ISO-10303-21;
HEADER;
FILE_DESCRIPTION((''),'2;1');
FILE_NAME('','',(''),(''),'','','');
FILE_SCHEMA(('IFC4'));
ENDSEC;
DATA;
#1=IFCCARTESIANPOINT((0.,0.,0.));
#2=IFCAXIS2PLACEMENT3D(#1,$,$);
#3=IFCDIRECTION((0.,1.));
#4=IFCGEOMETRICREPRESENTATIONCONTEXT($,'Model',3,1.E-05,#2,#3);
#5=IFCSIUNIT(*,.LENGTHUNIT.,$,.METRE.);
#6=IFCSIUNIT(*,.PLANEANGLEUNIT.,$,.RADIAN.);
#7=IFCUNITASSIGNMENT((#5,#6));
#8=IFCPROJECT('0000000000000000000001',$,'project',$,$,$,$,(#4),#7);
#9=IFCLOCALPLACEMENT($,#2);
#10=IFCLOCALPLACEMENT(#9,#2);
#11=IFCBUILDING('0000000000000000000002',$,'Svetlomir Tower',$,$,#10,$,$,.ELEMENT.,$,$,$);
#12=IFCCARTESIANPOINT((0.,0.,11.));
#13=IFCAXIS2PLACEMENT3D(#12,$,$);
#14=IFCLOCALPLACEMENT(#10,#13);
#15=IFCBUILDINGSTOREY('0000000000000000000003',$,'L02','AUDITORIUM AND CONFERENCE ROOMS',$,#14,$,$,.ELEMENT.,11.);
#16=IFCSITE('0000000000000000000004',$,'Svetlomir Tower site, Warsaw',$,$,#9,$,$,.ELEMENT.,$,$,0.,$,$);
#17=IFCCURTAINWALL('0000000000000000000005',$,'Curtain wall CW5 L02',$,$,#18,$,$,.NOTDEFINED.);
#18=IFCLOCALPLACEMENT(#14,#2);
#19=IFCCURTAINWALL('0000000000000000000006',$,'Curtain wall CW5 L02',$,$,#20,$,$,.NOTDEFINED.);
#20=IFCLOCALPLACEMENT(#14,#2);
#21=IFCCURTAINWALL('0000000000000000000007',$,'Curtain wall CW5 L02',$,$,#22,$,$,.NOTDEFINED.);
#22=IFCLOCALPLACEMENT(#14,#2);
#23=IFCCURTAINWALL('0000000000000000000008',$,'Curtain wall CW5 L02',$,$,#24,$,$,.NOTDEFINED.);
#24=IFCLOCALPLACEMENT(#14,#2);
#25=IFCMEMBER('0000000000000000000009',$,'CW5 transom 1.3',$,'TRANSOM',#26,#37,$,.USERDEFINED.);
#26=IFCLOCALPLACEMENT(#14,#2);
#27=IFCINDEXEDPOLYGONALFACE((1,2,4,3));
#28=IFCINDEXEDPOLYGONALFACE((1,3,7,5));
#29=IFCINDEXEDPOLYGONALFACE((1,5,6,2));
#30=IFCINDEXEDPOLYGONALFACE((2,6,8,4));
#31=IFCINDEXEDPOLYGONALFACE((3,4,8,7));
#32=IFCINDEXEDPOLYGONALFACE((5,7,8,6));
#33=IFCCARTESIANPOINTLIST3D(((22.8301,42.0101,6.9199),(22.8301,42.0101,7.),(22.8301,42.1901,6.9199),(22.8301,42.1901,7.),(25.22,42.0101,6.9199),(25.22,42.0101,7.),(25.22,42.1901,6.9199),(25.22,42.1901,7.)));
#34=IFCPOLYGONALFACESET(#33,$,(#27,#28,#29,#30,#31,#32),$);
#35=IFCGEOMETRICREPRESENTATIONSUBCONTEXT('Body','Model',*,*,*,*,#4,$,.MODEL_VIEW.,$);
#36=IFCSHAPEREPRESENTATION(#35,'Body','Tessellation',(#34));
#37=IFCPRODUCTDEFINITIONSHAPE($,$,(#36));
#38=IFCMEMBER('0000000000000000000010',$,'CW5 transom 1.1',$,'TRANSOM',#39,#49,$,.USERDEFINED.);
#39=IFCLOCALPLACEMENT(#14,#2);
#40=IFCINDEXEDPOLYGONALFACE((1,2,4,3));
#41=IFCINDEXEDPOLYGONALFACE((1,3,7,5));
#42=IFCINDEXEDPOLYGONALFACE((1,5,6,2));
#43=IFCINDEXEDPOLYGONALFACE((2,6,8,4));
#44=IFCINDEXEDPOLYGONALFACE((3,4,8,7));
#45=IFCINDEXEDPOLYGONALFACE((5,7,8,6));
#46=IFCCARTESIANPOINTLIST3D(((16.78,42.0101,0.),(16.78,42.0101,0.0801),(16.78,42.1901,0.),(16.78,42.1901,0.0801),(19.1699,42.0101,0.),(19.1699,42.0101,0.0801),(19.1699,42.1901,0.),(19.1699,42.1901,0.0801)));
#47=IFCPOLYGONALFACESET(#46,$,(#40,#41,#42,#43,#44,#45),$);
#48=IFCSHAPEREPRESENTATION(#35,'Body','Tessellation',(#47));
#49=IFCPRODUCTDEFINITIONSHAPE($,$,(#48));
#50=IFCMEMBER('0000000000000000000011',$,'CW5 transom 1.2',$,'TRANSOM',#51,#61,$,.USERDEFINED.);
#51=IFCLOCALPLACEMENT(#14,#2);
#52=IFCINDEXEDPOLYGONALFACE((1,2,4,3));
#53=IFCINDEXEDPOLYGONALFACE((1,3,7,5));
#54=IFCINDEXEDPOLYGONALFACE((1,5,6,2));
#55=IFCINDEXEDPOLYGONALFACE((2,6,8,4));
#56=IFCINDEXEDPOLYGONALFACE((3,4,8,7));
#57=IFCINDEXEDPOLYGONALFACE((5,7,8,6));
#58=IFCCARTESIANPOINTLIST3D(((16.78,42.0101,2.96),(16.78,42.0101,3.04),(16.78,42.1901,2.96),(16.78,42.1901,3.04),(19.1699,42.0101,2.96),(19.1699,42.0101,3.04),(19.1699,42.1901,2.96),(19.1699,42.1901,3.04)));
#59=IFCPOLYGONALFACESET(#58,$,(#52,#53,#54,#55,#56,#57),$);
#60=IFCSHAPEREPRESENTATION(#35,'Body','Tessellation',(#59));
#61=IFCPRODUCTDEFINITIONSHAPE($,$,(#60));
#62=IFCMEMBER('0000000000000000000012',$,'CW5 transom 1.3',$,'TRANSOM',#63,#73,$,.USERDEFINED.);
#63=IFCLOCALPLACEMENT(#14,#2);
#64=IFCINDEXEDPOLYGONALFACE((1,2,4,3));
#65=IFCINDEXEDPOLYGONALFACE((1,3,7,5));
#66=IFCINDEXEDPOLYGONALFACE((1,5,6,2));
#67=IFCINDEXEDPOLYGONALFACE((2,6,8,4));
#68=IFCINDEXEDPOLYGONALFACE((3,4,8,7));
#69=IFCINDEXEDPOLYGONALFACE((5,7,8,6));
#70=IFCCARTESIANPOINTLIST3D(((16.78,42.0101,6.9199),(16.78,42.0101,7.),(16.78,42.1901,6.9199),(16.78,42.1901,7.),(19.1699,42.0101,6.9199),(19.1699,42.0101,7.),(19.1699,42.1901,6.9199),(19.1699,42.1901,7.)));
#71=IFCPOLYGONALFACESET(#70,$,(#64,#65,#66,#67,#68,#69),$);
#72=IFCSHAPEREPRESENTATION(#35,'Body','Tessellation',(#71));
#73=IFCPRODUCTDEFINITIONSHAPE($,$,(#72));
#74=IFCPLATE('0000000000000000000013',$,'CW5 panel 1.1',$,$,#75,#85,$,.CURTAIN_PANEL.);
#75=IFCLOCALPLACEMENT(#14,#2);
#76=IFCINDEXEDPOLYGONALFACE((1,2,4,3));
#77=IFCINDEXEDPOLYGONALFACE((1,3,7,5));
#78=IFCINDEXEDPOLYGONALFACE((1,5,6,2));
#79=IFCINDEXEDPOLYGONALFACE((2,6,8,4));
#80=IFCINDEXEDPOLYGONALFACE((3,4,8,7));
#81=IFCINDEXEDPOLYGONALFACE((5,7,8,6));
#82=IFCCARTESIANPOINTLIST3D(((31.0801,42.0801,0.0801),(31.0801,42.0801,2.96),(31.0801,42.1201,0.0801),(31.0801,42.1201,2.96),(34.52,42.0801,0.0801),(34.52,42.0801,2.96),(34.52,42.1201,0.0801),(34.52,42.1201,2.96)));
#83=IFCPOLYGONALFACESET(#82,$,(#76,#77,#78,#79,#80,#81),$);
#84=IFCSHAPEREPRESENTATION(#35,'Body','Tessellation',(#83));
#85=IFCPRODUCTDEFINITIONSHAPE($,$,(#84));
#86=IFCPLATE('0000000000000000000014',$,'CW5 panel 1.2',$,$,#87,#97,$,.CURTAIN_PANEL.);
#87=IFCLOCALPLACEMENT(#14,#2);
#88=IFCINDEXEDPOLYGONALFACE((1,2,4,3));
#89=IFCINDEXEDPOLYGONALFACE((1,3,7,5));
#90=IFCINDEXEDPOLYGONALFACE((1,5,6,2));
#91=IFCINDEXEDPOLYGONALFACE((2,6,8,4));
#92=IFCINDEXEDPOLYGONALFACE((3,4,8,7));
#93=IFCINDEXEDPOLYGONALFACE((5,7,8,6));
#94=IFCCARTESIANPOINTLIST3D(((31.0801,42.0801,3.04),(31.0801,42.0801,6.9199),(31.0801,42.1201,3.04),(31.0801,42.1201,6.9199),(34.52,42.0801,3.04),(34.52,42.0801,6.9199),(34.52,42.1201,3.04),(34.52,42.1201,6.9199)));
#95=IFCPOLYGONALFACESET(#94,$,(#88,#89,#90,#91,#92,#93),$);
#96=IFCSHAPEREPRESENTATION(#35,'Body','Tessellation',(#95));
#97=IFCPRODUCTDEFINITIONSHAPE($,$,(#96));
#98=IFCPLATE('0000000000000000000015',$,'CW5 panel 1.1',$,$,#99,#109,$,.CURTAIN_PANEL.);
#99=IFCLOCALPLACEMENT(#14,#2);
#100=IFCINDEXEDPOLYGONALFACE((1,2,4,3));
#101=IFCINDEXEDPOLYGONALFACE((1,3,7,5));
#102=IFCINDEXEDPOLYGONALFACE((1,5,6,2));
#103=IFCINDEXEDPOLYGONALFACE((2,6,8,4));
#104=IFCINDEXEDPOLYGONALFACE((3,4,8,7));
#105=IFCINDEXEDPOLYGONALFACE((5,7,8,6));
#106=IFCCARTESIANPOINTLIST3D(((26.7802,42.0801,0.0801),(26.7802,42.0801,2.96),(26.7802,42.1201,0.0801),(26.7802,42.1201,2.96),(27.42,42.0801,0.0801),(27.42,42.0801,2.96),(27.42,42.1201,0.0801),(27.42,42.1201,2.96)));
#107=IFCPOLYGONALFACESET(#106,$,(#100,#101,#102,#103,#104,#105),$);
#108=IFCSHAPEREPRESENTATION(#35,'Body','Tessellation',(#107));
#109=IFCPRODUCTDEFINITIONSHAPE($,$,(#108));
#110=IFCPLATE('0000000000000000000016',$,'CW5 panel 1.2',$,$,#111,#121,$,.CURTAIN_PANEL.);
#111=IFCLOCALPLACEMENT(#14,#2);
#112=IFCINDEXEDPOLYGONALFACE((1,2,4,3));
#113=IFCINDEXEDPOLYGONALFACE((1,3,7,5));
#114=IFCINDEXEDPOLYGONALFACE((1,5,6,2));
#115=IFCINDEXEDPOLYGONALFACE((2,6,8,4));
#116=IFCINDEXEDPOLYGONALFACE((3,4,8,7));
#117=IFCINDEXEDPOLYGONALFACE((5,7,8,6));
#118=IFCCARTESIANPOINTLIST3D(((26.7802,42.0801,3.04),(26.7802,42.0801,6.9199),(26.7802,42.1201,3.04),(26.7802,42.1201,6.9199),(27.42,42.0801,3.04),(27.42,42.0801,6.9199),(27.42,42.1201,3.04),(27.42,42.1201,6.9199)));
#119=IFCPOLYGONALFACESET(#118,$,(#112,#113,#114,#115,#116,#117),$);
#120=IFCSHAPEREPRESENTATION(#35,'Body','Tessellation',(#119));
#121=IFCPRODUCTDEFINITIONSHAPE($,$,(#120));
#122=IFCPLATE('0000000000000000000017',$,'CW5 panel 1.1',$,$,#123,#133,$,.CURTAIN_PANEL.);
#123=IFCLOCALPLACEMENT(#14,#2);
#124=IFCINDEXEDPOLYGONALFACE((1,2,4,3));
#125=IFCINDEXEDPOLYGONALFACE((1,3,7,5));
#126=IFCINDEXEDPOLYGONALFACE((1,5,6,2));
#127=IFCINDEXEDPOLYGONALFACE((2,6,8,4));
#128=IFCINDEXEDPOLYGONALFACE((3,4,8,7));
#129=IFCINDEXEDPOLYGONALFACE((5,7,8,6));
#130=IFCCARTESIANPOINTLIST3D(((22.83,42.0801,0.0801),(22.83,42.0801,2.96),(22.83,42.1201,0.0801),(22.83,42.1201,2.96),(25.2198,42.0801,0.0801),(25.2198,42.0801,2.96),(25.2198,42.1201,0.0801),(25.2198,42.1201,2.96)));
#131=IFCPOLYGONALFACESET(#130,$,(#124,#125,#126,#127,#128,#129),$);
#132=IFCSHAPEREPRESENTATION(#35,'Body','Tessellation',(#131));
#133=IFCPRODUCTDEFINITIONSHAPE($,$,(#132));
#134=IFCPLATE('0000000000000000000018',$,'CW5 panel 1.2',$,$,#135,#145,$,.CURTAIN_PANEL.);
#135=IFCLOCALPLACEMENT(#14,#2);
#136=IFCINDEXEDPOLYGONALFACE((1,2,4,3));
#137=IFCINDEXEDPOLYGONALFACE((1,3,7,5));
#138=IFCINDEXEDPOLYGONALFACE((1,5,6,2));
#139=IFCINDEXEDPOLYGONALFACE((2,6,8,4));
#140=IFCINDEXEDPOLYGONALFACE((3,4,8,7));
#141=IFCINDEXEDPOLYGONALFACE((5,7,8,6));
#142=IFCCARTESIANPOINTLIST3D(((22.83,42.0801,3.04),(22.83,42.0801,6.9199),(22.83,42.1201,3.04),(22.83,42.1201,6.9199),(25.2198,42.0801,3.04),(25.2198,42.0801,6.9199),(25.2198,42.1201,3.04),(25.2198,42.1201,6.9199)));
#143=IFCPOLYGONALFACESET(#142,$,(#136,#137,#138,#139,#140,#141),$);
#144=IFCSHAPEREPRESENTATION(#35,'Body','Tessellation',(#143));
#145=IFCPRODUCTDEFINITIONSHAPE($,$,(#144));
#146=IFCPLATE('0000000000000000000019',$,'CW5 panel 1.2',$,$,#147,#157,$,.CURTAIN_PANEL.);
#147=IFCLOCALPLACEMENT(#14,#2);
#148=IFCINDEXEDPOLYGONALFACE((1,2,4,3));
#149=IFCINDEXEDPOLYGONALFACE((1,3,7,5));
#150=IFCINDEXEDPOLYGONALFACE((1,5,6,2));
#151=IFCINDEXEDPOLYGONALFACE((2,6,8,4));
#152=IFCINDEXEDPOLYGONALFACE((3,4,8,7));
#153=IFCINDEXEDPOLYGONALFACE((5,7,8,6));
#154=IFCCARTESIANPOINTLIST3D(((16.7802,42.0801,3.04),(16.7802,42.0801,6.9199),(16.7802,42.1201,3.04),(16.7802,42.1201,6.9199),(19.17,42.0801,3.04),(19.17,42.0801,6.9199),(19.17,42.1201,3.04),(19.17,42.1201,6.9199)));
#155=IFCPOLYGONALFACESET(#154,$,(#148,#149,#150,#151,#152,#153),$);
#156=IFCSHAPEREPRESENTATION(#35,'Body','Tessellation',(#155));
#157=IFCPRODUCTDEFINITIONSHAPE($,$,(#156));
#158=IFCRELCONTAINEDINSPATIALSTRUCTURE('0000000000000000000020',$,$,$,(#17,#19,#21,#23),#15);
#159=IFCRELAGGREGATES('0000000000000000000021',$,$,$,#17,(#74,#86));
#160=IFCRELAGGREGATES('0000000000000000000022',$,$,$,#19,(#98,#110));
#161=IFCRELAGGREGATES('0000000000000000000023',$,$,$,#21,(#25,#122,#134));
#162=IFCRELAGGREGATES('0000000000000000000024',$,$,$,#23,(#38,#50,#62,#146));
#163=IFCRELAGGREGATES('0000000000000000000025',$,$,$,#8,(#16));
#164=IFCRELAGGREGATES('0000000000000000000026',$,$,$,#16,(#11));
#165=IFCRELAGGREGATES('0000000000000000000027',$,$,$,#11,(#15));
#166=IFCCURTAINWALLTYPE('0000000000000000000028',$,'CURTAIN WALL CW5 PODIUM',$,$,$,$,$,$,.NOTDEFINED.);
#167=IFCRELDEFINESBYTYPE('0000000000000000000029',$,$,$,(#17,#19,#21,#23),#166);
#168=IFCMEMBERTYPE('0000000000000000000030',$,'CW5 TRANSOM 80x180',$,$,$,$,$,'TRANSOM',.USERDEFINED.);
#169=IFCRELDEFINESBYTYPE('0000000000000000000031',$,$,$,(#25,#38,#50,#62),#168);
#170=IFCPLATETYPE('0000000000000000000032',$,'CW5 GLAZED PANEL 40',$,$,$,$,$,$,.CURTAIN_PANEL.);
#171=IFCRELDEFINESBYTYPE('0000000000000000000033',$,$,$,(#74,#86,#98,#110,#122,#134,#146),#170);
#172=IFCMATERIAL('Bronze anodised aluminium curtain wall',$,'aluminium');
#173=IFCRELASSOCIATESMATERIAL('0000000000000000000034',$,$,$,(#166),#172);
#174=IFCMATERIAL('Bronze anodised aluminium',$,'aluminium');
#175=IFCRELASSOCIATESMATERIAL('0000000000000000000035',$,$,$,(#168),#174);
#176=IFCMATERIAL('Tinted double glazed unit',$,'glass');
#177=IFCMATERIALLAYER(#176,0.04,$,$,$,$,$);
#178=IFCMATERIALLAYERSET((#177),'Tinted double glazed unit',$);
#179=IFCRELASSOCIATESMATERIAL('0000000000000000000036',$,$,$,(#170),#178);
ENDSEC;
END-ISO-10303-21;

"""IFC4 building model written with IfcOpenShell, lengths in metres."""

from ifc_helpers import new_model, si_unit, direction, frame, origin, origin_2d, place, context, subcontext, project, spatial, rectangle, extrude, material, layer, layer_set, material_profile, profile_set, type_object, element, aggregate, save


model = new_model("IFC4")

# Units and contexts
model_context = context("Model", 3, precision=1e-05, world=origin(), true_north=direction((0.0, 1.0)))
body_context = subcontext(model_context, "Body", "Model", "MODEL_VIEW")
ifc_project = project(units=[si_unit("LENGTHUNIT", "METRE"), si_unit("PLANEANGLEUNIT", "RADIAN")], contexts=[model_context])

# Site, building, storey
site_placement = place(None, origin())
site = spatial("IfcSite", under=ifc_project, at=site_placement, Name="Svetlomir Tower site, Warsaw", CompositionType="ELEMENT", RefElevation=0.0)
building_placement = place(site_placement, origin())
building = spatial("IfcBuilding", under=site, at=building_placement, Name="Svetlomir Tower", CompositionType="ELEMENT")
storey_placement = place(building_placement, frame((0.0, 0.0, 11.0)))
storey = spatial("IfcBuildingStorey", under=building, at=storey_placement, Name="L02", Description="AUDITORIUM AND CONFERENCE ROOMS", CompositionType="ELEMENT", Elevation=11.0)

# Curtain walls
ifc_material_1 = material(Name="Bronze anodised aluminium curtain wall", Category="aluminium")
curtain_wall_type = type_object("IfcCurtainWallType", Name="CURTAIN WALL CW5 PODIUM", PredefinedType="NOTDEFINED", material=ifc_material_1)
curtain_wall_1_placement = place(storey_placement, origin())
curtain_wall_1 = element("IfcCurtainWall", 1, at=curtain_wall_1_placement, inside=storey, type_object=curtain_wall_type, Name="Curtain wall CW5 L02", PredefinedType="NOTDEFINED")
curtain_wall_2_placement = place(storey_placement, origin())
curtain_wall_2 = element("IfcCurtainWall", 2, at=curtain_wall_2_placement, inside=storey, type_object=curtain_wall_type, Name="Curtain wall CW5 L02", PredefinedType="NOTDEFINED")
curtain_wall_3_placement = place(storey_placement, origin())
curtain_wall_3 = element("IfcCurtainWall", 3, at=curtain_wall_3_placement, inside=storey, type_object=curtain_wall_type, Name="Curtain wall CW5 L02", PredefinedType="NOTDEFINED")

# Curtain wall
curtain_wall_4_placement = place(storey_placement, origin())
curtain_wall_4 = element("IfcCurtainWall", 4, at=curtain_wall_4_placement, inside=storey, type_object=curtain_wall_type, Name="Curtain wall CW5 L02", PredefinedType="NOTDEFINED")

# Members
ifc_material_2 = material(Name="Bronze anodised aluminium", Category="aluminium")
ifc_material_profile_1 = material_profile(ifc_material_2, rectangle(XDim=0.1799, YDim=0.0801, at=origin_2d()), Name="AL 180x80")
ifc_profile_set_1 = profile_set([ifc_material_profile_1], Name="Bronze anodised aluminium 6063-T6")
member_type_1 = type_object("IfcMemberType", Name="CW5 TRANSOM 80x180", ElementType="TRANSOM", PredefinedType="USERDEFINED", material=ifc_profile_set_1)
member_1_placement = place(storey_placement, frame((25.22, 42.1001, 6.96), z_axis=(-1.0, 0.0, 0.0), x_axis=(0.0, -1.0, 0.0)))
member_1 = element("IfcMember", 5, at=member_1_placement, type_object=member_type_1, Name="CW5 transom 1.3", ObjectType="TRANSOM", PredefinedType="USERDEFINED", context=body_context, shape_type="SweptSolid", body=[
    extrude(rectangle(XDim=0.1799, YDim=0.0801, at=origin_2d()), origin(), (0.0, 0.0, 1.0), 2.3899),
])
member_2_placement = place(storey_placement, frame((19.1699, 42.1001, 0.04), z_axis=(-1.0, 0.0, 0.0), x_axis=(0.0, -1.0, 0.0)))
member_2 = element("IfcMember", 6, at=member_2_placement, type_object=member_type_1, Name="CW5 transom 1.1", ObjectType="TRANSOM", PredefinedType="USERDEFINED", context=body_context, shape_type="SweptSolid", body=[
    extrude(rectangle(XDim=0.1799, YDim=0.0801, at=origin_2d()), origin(), (0.0, 0.0, 1.0), 2.3899),
])
member_3_placement = place(storey_placement, frame((19.1699, 42.1001, 3.0), z_axis=(-1.0, 0.0, 0.0), x_axis=(0.0, -1.0, 0.0)))
member_3 = element("IfcMember", 7, at=member_3_placement, type_object=member_type_1, Name="CW5 transom 1.2", ObjectType="TRANSOM", PredefinedType="USERDEFINED", context=body_context, shape_type="SweptSolid", body=[
    extrude(rectangle(XDim=0.1799, YDim=0.0801, at=origin_2d()), origin(), (0.0, 0.0, 1.0), 2.3899),
])
member_4_placement = place(storey_placement, frame((19.1699, 42.1001, 6.96), z_axis=(-1.0, 0.0, 0.0), x_axis=(0.0, -1.0, 0.0)))
member_4 = element("IfcMember", 8, at=member_4_placement, type_object=member_type_1, Name="CW5 transom 1.3", ObjectType="TRANSOM", PredefinedType="USERDEFINED", context=body_context, shape_type="SweptSolid", body=[
    extrude(rectangle(XDim=0.1799, YDim=0.0801, at=origin_2d()), origin(), (0.0, 0.0, 1.0), 2.3899),
])

# Plates
ifc_material_3 = material(Name="Tinted double glazed unit", Category="glass")
ifc_layer = layer(ifc_material_3, 0.04)
ifc_layer_set = layer_set([ifc_layer], Name="Tinted double glazed unit")
plate_type = type_object("IfcPlateType", Name="CW5 GLAZED PANEL 40", PredefinedType="CURTAIN_PANEL", material=ifc_layer_set)
plate_1_placement = place(storey_placement, frame((32.8, 42.1001, 0.0801), z_axis=(0.0, 0.0, 1.0), x_axis=(-1.0, 0.0, 0.0)))
plate_1 = element("IfcPlate", 9, at=plate_1_placement, type_object=plate_type, Name="CW5 panel 1.1", PredefinedType="CURTAIN_PANEL", context=body_context, shape_type="SweptSolid", body=[
    extrude(rectangle(XDim=3.4399, YDim=0.04, at=origin_2d()), origin(), (0.0, 0.0, 1.0), 2.8799),
])
plate_2_placement = place(storey_placement, frame((32.8, 42.1001, 3.04), z_axis=(0.0, 0.0, 1.0), x_axis=(-1.0, 0.0, 0.0)))
plate_2 = element("IfcPlate", 10, at=plate_2_placement, type_object=plate_type, Name="CW5 panel 1.2", PredefinedType="CURTAIN_PANEL", context=body_context, shape_type="SweptSolid", body=[
    extrude(rectangle(XDim=3.4399, YDim=0.04, at=origin_2d()), origin(), (0.0, 0.0, 1.0), 3.8799),
])
aggregate(curtain_wall_1, [plate_1, plate_2])
plate_3_placement = place(storey_placement, frame((27.1001, 42.1001, 0.0801), z_axis=(0.0, 0.0, 1.0), x_axis=(-1.0, 0.0, 0.0)))
plate_3 = element("IfcPlate", 11, at=plate_3_placement, type_object=plate_type, Name="CW5 panel 1.1", PredefinedType="CURTAIN_PANEL", context=body_context, shape_type="SweptSolid", body=[
    extrude(rectangle(XDim=0.6399, YDim=0.04, at=origin_2d()), origin(), (0.0, 0.0, 1.0), 2.8799),
])
plate_4_placement = place(storey_placement, frame((27.1001, 42.1001, 3.04), z_axis=(0.0, 0.0, 1.0), x_axis=(-1.0, 0.0, 0.0)))
plate_4 = element("IfcPlate", 12, at=plate_4_placement, type_object=plate_type, Name="CW5 panel 1.2", PredefinedType="CURTAIN_PANEL", context=body_context, shape_type="SweptSolid", body=[
    extrude(rectangle(XDim=0.6399, YDim=0.04, at=origin_2d()), origin(), (0.0, 0.0, 1.0), 3.8799),
])
aggregate(curtain_wall_2, [plate_3, plate_4])
plate_5_placement = place(storey_placement, frame((24.0249, 42.1001, 0.0801), z_axis=(0.0, 0.0, 1.0), x_axis=(-1.0, 0.0, 0.0)))
plate_5 = element("IfcPlate", 13, at=plate_5_placement, type_object=plate_type, Name="CW5 panel 1.1", PredefinedType="CURTAIN_PANEL", context=body_context, shape_type="SweptSolid", body=[
    extrude(rectangle(XDim=2.3899, YDim=0.04, at=origin_2d()), origin(), (0.0, 0.0, 1.0), 2.8799),
])
plate_6_placement = place(storey_placement, frame((24.0249, 42.1001, 3.04), z_axis=(0.0, 0.0, 1.0), x_axis=(-1.0, 0.0, 0.0)))
plate_6 = element("IfcPlate", 14, at=plate_6_placement, type_object=plate_type, Name="CW5 panel 1.2", PredefinedType="CURTAIN_PANEL", context=body_context, shape_type="SweptSolid", body=[
    extrude(rectangle(XDim=2.3899, YDim=0.04, at=origin_2d()), origin(), (0.0, 0.0, 1.0), 3.8799),
])
aggregate(curtain_wall_3, [member_1, plate_5, plate_6])
plate_7_placement = place(storey_placement, frame((17.9751, 42.1001, 3.04), z_axis=(0.0, 0.0, 1.0), x_axis=(-1.0, 0.0, 0.0)))
plate_7 = element("IfcPlate", 15, at=plate_7_placement, type_object=plate_type, Name="CW5 panel 1.2", PredefinedType="CURTAIN_PANEL", context=body_context, shape_type="SweptSolid", body=[
    extrude(rectangle(XDim=2.3899, YDim=0.04, at=origin_2d()), origin(), (0.0, 0.0, 1.0), 3.8799),
])
aggregate(curtain_wall_4, [member_2, member_3, member_4, plate_7])

save(model, "model.ifc")
